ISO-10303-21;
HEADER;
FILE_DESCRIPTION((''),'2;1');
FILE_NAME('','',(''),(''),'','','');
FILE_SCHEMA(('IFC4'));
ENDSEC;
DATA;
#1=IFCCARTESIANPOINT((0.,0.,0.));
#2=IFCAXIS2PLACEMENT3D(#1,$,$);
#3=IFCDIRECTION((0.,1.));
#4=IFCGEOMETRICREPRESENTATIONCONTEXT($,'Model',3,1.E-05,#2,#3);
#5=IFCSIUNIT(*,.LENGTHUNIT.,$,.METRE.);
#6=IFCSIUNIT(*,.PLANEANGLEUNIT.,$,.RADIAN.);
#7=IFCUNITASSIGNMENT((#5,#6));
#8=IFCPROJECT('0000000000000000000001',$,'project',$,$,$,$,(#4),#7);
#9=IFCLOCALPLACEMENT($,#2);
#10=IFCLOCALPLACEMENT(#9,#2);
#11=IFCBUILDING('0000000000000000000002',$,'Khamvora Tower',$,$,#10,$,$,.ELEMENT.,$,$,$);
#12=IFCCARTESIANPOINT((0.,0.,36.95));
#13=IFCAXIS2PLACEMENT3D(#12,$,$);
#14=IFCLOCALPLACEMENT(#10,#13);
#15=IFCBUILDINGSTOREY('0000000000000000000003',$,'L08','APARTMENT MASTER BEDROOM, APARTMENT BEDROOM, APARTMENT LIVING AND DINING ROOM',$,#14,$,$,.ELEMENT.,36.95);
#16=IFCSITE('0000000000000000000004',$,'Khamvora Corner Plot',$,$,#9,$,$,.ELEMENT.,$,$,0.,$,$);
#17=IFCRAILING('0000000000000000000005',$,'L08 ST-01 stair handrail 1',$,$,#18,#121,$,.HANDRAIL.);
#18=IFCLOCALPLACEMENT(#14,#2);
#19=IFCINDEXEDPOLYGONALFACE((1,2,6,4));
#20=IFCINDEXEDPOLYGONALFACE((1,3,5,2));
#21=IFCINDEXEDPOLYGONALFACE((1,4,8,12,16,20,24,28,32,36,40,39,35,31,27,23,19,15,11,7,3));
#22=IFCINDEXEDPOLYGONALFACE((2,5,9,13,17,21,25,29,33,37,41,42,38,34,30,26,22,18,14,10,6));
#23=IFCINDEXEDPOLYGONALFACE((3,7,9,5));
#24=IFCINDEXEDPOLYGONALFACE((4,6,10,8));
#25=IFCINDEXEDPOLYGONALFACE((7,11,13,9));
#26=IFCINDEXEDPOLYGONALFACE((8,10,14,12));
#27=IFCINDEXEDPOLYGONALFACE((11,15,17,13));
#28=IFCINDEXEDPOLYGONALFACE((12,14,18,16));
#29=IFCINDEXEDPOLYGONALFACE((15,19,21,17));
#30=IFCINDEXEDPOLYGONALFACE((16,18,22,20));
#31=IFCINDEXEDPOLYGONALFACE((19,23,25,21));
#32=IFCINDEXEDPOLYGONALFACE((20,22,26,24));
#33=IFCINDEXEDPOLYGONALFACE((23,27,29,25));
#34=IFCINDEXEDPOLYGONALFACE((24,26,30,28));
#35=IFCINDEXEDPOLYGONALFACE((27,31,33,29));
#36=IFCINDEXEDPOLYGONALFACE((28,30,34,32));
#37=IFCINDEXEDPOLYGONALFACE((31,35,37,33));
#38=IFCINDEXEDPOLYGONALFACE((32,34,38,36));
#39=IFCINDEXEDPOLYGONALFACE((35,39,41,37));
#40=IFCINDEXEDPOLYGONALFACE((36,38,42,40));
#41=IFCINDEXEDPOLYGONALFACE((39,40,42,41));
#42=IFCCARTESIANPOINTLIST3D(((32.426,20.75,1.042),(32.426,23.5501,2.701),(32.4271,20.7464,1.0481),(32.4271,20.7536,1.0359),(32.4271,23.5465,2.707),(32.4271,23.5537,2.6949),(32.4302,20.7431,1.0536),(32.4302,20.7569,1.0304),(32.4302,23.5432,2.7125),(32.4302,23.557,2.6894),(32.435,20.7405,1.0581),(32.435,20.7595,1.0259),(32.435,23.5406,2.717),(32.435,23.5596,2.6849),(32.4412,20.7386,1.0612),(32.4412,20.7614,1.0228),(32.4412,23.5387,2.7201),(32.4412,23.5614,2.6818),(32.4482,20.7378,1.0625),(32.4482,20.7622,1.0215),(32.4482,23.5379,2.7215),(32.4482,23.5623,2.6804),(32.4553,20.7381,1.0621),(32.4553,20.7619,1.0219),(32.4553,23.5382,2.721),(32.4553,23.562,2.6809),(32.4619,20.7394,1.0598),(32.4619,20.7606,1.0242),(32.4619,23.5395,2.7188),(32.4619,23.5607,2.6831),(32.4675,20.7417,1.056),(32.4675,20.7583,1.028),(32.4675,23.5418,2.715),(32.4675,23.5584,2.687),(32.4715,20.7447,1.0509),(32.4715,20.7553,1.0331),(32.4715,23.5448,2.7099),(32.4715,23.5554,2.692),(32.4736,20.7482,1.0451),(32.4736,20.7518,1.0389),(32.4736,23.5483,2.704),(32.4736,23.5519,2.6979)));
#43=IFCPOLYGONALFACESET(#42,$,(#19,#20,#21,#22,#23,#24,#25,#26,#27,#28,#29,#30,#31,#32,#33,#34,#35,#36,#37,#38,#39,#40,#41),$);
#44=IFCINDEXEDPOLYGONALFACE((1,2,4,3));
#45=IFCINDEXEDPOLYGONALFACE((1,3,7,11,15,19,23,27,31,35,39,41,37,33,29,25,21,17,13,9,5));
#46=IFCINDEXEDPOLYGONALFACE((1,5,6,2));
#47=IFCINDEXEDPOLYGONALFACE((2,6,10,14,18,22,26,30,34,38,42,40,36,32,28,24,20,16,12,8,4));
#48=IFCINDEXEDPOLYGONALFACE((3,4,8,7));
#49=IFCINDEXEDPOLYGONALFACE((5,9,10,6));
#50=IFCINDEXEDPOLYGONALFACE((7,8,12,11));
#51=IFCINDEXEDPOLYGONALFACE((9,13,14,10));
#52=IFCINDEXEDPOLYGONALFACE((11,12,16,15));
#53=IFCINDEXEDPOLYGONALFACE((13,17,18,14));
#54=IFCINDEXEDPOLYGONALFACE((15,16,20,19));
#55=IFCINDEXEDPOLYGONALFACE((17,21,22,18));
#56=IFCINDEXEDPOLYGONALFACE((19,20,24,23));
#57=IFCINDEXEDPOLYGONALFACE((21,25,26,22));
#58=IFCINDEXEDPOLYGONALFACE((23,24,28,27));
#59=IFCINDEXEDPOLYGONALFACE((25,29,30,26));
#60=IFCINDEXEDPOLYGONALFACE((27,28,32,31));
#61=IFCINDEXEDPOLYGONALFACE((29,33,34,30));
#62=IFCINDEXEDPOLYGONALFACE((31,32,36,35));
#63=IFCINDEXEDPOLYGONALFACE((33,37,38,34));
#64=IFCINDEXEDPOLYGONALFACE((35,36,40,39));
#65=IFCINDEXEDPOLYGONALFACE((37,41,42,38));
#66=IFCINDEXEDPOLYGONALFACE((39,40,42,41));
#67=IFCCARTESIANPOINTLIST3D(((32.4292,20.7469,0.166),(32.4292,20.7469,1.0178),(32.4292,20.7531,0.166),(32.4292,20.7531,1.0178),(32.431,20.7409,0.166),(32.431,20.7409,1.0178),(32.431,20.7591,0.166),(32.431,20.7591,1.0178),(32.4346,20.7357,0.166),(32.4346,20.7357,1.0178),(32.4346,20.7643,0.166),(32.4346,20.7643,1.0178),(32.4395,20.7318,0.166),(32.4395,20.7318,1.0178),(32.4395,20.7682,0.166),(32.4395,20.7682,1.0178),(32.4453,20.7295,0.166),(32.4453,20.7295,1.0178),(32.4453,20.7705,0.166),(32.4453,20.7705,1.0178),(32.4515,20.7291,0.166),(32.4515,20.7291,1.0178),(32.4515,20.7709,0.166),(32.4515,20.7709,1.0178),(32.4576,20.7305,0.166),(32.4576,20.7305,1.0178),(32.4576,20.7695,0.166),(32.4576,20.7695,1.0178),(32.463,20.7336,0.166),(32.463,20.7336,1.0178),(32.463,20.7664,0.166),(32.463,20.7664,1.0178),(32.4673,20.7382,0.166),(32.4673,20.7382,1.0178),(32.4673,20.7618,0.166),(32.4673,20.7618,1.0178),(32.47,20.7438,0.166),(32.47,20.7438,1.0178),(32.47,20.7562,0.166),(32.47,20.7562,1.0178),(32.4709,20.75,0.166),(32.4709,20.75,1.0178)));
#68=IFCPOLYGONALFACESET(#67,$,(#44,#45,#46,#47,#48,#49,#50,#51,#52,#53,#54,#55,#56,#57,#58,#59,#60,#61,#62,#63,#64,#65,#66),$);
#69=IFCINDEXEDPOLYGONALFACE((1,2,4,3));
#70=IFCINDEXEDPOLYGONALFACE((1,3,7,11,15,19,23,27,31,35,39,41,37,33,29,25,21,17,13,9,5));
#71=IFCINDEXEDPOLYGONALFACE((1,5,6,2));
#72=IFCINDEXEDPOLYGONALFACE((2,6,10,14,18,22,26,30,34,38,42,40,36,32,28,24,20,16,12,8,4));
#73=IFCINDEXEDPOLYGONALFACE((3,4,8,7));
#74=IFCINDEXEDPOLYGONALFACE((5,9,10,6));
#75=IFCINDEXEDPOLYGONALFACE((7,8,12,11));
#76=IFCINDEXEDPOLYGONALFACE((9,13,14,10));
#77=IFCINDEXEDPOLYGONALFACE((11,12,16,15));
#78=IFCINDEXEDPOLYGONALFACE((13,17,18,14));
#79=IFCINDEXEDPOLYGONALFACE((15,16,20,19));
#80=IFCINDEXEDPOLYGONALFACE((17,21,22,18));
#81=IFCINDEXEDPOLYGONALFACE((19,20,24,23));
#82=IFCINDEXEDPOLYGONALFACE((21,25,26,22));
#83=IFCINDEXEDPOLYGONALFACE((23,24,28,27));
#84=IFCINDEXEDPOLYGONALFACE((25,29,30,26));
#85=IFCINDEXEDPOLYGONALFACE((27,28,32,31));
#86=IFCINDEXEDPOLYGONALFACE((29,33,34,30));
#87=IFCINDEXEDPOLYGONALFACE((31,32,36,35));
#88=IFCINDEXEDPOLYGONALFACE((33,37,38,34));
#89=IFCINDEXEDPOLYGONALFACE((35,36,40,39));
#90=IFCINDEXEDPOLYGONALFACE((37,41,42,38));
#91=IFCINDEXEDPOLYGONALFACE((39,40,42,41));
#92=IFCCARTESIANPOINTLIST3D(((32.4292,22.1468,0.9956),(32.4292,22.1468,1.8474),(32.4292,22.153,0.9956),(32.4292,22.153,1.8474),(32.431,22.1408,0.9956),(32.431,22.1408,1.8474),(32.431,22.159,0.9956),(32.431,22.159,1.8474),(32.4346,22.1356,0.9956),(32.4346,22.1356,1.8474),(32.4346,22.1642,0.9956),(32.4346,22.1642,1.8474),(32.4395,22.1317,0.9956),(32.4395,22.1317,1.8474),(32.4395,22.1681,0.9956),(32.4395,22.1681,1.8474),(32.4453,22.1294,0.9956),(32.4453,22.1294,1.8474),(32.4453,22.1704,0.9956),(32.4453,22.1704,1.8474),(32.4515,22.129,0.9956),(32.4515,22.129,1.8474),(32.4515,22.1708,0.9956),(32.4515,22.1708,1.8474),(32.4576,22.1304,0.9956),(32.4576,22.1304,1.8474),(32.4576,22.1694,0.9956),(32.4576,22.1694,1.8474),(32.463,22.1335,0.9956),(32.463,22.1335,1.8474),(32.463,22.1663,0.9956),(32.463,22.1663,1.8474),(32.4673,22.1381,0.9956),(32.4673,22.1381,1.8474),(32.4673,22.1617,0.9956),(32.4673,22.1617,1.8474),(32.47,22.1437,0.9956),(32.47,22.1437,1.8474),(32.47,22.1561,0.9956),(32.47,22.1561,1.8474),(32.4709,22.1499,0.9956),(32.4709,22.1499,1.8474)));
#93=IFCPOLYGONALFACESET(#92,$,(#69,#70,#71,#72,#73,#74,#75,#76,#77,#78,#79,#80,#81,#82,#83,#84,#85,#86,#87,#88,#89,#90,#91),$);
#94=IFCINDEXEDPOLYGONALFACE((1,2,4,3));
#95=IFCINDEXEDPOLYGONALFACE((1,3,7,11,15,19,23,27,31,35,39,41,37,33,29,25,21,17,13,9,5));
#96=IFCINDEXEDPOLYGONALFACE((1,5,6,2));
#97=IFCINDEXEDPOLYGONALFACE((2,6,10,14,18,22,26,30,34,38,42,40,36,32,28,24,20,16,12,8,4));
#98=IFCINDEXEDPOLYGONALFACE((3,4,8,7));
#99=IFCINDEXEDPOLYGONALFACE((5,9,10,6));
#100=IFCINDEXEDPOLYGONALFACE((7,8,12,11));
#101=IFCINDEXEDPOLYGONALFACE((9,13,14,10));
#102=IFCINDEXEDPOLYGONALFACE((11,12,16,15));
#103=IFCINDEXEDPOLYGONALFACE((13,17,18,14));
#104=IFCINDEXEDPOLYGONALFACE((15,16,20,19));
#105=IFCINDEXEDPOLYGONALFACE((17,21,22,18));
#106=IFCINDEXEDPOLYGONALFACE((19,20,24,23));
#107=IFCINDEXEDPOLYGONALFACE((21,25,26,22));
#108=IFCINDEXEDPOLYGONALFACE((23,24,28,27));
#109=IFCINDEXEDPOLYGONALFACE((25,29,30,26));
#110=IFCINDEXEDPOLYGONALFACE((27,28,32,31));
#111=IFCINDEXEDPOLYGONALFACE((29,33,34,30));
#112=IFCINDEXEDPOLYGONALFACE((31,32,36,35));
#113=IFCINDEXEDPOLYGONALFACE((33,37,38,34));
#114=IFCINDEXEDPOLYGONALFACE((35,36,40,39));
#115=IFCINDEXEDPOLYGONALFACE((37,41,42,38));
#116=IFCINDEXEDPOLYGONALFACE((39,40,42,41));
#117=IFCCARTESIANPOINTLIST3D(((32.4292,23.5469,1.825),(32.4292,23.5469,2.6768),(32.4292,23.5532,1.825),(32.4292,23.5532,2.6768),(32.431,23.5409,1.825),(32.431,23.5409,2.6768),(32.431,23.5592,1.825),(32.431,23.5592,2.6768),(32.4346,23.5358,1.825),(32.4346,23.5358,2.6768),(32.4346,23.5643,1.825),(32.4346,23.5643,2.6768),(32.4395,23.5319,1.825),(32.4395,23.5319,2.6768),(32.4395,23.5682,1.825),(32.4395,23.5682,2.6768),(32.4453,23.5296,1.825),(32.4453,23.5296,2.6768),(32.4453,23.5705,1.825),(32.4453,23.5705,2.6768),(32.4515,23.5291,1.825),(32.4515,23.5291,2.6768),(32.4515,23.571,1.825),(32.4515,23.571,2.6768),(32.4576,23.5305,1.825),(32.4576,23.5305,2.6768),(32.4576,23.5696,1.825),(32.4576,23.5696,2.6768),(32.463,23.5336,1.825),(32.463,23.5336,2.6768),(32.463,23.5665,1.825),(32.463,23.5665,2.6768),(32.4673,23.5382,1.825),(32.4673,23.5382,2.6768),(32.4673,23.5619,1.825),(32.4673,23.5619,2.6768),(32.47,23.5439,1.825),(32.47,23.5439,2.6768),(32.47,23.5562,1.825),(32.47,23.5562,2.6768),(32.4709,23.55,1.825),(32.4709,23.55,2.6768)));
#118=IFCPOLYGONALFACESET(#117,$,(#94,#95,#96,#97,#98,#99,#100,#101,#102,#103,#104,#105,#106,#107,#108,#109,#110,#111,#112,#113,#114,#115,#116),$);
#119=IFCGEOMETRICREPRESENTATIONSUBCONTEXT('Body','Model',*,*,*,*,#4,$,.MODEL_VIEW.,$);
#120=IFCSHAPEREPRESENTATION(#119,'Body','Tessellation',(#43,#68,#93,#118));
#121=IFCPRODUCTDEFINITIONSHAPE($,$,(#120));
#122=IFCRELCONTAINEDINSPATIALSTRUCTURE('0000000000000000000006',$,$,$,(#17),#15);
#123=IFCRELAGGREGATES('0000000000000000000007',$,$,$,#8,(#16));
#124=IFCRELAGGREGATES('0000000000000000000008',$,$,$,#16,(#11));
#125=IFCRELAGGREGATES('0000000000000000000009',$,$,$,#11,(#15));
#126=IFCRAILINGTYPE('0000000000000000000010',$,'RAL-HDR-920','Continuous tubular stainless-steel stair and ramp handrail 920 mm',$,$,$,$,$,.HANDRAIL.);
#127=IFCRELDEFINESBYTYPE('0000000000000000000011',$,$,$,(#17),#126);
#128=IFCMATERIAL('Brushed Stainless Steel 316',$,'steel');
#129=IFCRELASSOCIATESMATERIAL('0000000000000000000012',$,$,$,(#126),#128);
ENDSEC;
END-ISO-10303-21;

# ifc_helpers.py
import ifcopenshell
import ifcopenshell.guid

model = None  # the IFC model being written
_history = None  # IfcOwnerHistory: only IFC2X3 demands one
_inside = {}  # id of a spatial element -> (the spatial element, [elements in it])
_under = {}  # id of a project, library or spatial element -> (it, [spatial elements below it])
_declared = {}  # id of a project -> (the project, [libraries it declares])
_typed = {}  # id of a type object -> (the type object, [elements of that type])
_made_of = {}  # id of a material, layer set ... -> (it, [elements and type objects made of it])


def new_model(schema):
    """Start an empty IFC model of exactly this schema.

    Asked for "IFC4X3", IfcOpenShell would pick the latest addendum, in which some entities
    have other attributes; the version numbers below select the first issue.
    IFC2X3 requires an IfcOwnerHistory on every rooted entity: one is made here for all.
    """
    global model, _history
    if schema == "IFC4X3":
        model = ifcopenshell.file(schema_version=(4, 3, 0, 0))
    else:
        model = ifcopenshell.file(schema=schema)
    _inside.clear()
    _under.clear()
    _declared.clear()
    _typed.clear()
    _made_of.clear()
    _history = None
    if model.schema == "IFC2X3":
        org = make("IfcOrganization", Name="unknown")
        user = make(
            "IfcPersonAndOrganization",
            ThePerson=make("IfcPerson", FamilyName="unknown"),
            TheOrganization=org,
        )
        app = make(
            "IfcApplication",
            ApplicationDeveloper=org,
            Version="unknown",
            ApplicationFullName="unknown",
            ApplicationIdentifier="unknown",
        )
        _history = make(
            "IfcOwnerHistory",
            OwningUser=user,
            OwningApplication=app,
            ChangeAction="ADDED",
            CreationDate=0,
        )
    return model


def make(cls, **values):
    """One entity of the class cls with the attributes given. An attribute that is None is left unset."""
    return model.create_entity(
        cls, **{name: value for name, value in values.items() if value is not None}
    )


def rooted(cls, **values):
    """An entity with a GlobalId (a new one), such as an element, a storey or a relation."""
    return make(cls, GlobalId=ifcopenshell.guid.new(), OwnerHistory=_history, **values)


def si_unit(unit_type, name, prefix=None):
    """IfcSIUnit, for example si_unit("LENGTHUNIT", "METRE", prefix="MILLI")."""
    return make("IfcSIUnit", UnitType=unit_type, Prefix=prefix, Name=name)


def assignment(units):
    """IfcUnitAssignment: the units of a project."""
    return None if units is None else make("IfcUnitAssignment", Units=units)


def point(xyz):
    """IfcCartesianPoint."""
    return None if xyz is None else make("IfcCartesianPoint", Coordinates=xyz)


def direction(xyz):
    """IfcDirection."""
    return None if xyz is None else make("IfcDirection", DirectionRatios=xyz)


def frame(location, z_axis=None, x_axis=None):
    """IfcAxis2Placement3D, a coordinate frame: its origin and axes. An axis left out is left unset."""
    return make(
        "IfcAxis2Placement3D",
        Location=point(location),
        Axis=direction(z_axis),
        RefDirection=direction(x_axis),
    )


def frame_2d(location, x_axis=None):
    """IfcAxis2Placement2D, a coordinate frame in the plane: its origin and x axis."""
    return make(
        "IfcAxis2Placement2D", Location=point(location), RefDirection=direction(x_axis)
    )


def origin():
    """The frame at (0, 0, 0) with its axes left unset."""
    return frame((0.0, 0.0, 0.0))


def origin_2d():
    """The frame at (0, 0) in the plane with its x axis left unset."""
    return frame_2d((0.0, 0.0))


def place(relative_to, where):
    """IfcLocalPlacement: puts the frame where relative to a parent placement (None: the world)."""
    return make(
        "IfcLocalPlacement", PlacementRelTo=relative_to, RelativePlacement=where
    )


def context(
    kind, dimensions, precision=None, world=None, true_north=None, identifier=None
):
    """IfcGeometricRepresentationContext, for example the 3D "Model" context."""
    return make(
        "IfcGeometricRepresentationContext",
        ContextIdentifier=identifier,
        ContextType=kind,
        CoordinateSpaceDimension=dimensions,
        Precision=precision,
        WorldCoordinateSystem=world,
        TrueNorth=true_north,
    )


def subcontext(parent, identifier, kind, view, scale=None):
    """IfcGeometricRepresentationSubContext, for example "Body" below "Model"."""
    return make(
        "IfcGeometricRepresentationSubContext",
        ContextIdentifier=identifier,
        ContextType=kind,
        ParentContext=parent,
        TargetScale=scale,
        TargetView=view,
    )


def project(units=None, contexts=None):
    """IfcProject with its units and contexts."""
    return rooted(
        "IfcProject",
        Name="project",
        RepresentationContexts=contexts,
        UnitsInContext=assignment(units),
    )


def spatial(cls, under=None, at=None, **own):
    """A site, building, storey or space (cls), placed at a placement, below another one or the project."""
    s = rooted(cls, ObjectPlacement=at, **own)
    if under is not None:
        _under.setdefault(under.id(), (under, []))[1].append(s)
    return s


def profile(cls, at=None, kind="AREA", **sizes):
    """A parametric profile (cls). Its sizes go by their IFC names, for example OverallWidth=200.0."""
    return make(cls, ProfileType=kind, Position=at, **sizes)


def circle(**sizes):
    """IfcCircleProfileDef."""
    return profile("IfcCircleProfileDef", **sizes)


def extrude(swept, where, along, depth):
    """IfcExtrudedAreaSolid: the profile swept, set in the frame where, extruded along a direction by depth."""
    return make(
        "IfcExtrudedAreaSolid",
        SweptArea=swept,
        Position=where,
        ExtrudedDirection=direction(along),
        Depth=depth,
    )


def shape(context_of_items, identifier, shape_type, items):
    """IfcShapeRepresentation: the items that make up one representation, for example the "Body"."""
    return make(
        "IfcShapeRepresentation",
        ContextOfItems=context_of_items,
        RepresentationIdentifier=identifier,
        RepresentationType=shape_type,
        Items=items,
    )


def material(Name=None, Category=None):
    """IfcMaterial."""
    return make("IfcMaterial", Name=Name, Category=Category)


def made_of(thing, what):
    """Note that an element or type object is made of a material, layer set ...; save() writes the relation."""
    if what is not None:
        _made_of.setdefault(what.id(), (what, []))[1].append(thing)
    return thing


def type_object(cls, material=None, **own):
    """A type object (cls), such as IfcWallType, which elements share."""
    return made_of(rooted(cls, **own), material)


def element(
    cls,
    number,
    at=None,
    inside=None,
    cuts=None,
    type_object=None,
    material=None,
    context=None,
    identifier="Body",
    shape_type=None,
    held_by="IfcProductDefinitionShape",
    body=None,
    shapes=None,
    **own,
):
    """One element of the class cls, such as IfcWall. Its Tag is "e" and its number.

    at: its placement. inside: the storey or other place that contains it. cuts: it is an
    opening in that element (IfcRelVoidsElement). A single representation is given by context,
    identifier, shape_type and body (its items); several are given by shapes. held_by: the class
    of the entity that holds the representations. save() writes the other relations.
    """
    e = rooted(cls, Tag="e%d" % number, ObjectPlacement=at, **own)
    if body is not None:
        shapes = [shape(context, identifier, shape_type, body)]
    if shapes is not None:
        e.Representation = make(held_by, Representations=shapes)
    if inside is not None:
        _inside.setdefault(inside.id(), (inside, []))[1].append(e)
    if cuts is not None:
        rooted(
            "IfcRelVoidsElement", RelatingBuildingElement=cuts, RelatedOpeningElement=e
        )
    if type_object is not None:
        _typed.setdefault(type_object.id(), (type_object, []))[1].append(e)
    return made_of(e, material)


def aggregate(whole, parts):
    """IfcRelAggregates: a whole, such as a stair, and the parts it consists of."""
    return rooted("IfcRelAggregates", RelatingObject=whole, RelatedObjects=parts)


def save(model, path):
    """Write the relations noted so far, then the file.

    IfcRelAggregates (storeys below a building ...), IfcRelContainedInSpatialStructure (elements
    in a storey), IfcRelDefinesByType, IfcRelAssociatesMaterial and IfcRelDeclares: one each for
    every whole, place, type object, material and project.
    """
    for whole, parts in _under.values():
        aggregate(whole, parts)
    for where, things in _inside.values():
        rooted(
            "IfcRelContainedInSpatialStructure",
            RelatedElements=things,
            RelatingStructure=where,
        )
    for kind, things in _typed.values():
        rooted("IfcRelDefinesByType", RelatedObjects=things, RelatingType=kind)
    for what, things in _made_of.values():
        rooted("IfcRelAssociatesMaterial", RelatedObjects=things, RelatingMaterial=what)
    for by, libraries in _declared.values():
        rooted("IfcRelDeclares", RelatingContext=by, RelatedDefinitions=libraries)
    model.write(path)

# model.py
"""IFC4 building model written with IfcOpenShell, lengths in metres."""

from ifc_helpers import new_model, si_unit, direction, frame, origin, origin_2d, place, context, subcontext, project, spatial, circle, extrude, material, type_object, element, save


model = new_model("IFC4")

# Units and contexts
model_context = context("Model", 3, precision=1e-05, world=origin(), true_north=direction((0.0, 1.0)))
body_context = subcontext(model_context, "Body", "Model", "MODEL_VIEW")
ifc_project = project(units=[si_unit("LENGTHUNIT", "METRE"), si_unit("PLANEANGLEUNIT", "RADIAN")], contexts=[model_context])

# Site, building, storey
site_placement = place(None, origin())
site = spatial("IfcSite", under=ifc_project, at=site_placement, Name="Khamvora Corner Plot", CompositionType="ELEMENT", RefElevation=0.0)
building_placement = place(site_placement, origin())
building = spatial("IfcBuilding", under=site, at=building_placement, Name="Khamvora Tower", CompositionType="ELEMENT")
storey_placement = place(building_placement, frame((0.0, 0.0, 36.95)))
storey = spatial("IfcBuildingStorey", under=building, at=storey_placement, Name="L08", Description="APARTMENT MASTER BEDROOM, APARTMENT BEDROOM, APARTMENT LIVING AND DINING ROOM", CompositionType="ELEMENT", Elevation=36.95)

# Railing
ifc_material_1 = material(Name="Brushed Stainless Steel 316", Category="steel")
railing_type_1 = type_object("IfcRailingType", Name="RAL-HDR-920", Description="Continuous tubular stainless-steel stair and ramp handrail 920 mm", PredefinedType="HANDRAIL", material=ifc_material_1)
railing_1_placement = place(storey_placement, frame((32.45, 20.75, 0.166)))
element("IfcRailing", 1, at=railing_1_placement, inside=storey, type_object=railing_type_1, Name="L08 ST-01 stair handrail 1", PredefinedType="HANDRAIL", context=body_context, shape_type="SweptSolid", body=[
    extrude(circle(Radius=0.0239, at=origin_2d()), frame((0.0, 0.0, 0.876), z_axis=(0.0, 0.860339, 0.509722), x_axis=(-1.0, 0.0, 0.0)), (0.0, 0.0, 1.0), 3.2546),
    extrude(circle(Radius=0.021, at=origin_2d()), origin(), (0.0, 0.0, 1.0), 0.8518),
    extrude(circle(Radius=0.021, at=origin_2d()), frame((0.0, 1.3999, 0.8296)), (0.0, 0.0, 1.0), 0.8518),
    extrude(circle(Radius=0.021, at=origin_2d()), frame((0.0, 2.8, 1.6589)), (0.0, 0.0, 1.0), 0.8518),
])

save(model, "model.ifc")
